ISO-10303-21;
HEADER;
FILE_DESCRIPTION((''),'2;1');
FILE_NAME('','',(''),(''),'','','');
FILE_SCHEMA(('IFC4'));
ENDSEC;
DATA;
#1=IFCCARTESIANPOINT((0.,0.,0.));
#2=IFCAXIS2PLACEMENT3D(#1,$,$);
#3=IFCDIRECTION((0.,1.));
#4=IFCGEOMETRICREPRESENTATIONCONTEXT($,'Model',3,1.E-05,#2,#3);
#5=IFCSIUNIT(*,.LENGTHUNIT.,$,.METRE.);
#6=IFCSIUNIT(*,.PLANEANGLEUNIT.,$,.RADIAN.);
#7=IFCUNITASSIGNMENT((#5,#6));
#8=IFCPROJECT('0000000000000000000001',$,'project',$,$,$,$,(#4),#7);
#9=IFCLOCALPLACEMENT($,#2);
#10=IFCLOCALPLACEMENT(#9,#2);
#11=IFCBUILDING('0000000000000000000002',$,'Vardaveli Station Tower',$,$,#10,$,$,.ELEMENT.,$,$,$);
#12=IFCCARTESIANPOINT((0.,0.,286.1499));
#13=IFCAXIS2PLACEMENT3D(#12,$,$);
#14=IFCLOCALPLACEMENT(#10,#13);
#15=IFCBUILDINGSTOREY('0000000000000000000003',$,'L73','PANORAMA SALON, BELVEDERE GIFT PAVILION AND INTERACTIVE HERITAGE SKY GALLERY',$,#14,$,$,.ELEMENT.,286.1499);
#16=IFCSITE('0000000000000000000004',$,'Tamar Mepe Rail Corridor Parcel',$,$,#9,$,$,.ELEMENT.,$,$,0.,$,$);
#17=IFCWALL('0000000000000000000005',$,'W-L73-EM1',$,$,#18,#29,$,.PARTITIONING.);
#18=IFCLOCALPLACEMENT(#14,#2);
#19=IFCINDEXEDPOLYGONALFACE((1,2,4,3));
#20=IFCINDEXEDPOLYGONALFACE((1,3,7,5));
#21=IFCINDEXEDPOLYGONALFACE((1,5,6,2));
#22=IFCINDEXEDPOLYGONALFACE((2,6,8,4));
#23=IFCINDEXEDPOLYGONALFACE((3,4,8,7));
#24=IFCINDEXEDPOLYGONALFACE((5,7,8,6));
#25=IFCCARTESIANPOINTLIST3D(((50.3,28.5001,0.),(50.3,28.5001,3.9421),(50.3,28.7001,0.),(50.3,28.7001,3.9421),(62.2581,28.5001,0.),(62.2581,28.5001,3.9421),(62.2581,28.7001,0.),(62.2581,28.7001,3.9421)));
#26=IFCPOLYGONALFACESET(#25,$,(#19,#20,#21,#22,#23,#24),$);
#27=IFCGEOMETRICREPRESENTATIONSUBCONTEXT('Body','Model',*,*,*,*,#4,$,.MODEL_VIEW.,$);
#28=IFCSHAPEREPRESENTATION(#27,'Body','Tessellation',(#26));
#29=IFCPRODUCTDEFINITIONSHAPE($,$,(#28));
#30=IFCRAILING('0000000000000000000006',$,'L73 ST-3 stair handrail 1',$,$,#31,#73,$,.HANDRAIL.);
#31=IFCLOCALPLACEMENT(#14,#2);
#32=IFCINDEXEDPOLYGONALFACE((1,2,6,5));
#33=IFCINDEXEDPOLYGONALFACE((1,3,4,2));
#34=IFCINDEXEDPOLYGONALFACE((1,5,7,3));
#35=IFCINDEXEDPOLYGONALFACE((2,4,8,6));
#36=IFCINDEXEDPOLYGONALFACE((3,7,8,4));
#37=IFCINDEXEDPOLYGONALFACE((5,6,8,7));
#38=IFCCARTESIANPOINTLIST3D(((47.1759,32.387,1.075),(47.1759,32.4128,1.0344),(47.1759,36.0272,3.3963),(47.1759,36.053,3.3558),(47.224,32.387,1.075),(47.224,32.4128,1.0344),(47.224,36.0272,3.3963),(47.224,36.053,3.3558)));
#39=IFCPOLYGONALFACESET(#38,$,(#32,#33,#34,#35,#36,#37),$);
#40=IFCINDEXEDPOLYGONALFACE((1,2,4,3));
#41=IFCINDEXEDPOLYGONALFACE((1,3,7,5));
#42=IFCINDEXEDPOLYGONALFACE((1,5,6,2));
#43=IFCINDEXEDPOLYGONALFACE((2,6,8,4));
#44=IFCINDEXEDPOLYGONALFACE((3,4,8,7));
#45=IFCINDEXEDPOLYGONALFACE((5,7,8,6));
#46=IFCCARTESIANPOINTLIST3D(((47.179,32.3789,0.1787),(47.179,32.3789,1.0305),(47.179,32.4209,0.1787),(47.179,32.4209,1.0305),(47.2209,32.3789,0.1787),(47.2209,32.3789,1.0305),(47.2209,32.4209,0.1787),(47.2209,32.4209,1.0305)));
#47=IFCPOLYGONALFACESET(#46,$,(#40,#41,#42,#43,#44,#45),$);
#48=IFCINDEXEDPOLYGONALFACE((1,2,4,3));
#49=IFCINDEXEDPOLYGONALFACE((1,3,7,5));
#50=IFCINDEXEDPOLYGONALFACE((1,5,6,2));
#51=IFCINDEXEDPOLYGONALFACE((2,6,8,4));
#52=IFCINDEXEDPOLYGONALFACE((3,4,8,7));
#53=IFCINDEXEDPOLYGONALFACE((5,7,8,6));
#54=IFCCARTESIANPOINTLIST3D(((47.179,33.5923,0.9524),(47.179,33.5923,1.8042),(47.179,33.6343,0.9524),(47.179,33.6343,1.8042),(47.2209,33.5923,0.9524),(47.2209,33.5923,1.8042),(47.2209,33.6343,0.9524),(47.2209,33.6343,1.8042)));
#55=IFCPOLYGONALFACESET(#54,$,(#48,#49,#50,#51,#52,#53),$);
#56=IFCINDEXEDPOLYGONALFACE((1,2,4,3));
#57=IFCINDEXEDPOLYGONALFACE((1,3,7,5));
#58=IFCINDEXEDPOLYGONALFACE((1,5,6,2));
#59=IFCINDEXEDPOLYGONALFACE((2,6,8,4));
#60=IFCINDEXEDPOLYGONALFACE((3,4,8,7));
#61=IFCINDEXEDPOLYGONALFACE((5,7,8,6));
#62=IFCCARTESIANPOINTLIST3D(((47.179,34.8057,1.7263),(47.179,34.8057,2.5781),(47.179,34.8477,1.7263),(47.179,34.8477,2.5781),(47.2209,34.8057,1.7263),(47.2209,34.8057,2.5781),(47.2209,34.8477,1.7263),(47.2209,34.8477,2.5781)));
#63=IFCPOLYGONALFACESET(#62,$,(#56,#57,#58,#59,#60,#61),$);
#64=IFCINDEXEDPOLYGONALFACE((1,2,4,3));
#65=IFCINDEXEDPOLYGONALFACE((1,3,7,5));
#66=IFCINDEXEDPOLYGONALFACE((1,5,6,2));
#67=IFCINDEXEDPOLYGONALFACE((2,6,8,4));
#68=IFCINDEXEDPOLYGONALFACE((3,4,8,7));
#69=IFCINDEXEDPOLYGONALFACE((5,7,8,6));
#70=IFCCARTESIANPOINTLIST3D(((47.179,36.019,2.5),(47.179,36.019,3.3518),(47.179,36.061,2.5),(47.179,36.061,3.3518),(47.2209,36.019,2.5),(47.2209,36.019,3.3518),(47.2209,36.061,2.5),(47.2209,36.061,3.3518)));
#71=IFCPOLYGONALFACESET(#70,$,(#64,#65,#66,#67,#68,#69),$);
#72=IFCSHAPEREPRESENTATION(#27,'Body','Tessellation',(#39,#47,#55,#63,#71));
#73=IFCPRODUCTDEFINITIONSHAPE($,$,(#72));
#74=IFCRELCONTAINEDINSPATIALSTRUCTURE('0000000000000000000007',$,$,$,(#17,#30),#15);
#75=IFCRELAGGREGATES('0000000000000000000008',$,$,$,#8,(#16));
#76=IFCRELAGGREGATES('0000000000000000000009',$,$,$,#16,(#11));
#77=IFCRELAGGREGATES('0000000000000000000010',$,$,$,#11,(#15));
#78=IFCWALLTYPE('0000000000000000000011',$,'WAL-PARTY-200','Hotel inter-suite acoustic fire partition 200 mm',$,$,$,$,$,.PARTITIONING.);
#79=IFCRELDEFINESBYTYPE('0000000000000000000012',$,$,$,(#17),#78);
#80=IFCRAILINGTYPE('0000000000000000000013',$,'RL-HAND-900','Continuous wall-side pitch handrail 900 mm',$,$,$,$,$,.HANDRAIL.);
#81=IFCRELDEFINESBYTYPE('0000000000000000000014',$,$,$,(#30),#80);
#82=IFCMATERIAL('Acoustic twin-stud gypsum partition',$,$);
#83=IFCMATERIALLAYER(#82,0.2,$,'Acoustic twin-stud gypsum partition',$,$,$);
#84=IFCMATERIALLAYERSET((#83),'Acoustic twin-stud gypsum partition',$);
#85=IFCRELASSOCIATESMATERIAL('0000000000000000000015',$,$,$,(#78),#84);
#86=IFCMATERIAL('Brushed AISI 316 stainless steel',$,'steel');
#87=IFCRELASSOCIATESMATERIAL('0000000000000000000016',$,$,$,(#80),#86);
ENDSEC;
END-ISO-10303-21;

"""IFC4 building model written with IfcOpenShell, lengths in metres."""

from ifc_helpers import new_model, si_unit, direction, frame, frame_2d, origin, origin_2d, place, context, subcontext, project, spatial, rectangle, extrude, source, transform, mapped, material, layer, layer_set, type_object, element, save


model = new_model("IFC4")

# Units and contexts
model_context = context("Model", 3, precision=1e-05, world=origin(), true_north=direction((0.0, 1.0)))
body_context = subcontext(model_context, "Body", "Model", "MODEL_VIEW")
ifc_project = project(units=[si_unit("LENGTHUNIT", "METRE"), si_unit("PLANEANGLEUNIT", "RADIAN")], contexts=[model_context])

# Site, building, storey
site_placement = place(None, origin())
site = spatial("IfcSite", under=ifc_project, at=site_placement, Name="Tamar Mepe Rail Corridor Parcel", CompositionType="ELEMENT", RefElevation=0.0)
building_placement = place(site_placement, origin())
building = spatial("IfcBuilding", under=site, at=building_placement, Name="Vardaveli Station Tower", CompositionType="ELEMENT")
storey_placement = place(building_placement, frame((0.0, 0.0, 286.1499)))
storey = spatial("IfcBuildingStorey", under=building, at=storey_placement, Name="L73", Description="PANORAMA SALON, BELVEDERE GIFT PAVILION AND INTERACTIVE HERITAGE SKY GALLERY", CompositionType="ELEMENT", Elevation=286.1499)

# Wall
ifc_material_1 = material(Name="Acoustic twin-stud gypsum partition")
ifc_layer_1 = layer(ifc_material_1, 0.2, Name="Acoustic twin-stud gypsum partition")
ifc_layer_set_1 = layer_set([ifc_layer_1], Name="Acoustic twin-stud gypsum partition")
wall_type_1 = type_object("IfcWallType", Name="WAL-PARTY-200", Description="Hotel inter-suite acoustic fire partition 200 mm", PredefinedType="PARTITIONING", material=ifc_layer_set_1)
shared_shape_1 = source(origin(), body_context, "Body", "SweptSolid", [
    extrude(rectangle(XDim=11.958, YDim=0.2, at=frame_2d((5.979, 0.0))), origin(), (0.0, 0.0, 1.0), 3.9421),
])
wall_1_placement = place(storey_placement, frame((50.3, 28.6001, 0.0), z_axis=(0.0, 0.0, 1.0), x_axis=(1.0, 0.0, 0.0)))
element("IfcWall", 1, at=wall_1_placement, inside=storey, type_object=wall_type_1, Name="W-L73-EM1", PredefinedType="PARTITIONING", context=body_context, shape_type="MappedRepresentation", body=[
    mapped(shared_shape_1, transform((0.0, 0.0, 0.0), scale=1.0)),
])

# Railing
ifc_material_2 = material(Name="Brushed AISI 316 stainless steel", Category="steel")
railing_type = type_object("IfcRailingType", Name="RL-HAND-900", Description="Continuous wall-side pitch handrail 900 mm", PredefinedType="HANDRAIL", material=ifc_material_2)
shared_shape_2 = source(origin(), body_context, "Body", "SweptSolid", [
    extrude(rectangle(XDim=0.0481, YDim=0.0481, at=origin_2d()), frame((0.0, 0.0, 0.876), z_axis=(0.0, 0.843153, 0.537673), x_axis=(-1.0, 0.0, 0.0)), (0.0, 0.0, 1.0), 4.3174),
    extrude(rectangle(XDim=0.042, YDim=0.042, at=origin_2d()), origin(), (0.0, 0.0, 1.0), 0.8518),
    extrude(rectangle(XDim=0.042, YDim=0.042, at=origin_2d()), frame((0.0, 1.2134, 0.7737)), (0.0, 0.0, 1.0), 0.8518),
    extrude(rectangle(XDim=0.042, YDim=0.042, at=origin_2d()), frame((0.0, 2.4268, 1.5476)), (0.0, 0.0, 1.0), 0.8518),
    extrude(rectangle(XDim=0.042, YDim=0.042, at=origin_2d()), frame((0.0, 3.6401, 2.3213)), (0.0, 0.0, 1.0), 0.8518),
])
railing_placement = place(storey_placement, frame((47.2, 32.3999, 0.1787)))
element("IfcRailing", 2, at=railing_placement, inside=storey, type_object=railing_type, Name="L73 ST-3 stair handrail 1", PredefinedType="HANDRAIL", context=body_context, shape_type="MappedRepresentation", body=[
    mapped(shared_shape_2, transform((0.0, 0.0, 0.0), scale=1.0)),
])

save(model, "model.ifc")
